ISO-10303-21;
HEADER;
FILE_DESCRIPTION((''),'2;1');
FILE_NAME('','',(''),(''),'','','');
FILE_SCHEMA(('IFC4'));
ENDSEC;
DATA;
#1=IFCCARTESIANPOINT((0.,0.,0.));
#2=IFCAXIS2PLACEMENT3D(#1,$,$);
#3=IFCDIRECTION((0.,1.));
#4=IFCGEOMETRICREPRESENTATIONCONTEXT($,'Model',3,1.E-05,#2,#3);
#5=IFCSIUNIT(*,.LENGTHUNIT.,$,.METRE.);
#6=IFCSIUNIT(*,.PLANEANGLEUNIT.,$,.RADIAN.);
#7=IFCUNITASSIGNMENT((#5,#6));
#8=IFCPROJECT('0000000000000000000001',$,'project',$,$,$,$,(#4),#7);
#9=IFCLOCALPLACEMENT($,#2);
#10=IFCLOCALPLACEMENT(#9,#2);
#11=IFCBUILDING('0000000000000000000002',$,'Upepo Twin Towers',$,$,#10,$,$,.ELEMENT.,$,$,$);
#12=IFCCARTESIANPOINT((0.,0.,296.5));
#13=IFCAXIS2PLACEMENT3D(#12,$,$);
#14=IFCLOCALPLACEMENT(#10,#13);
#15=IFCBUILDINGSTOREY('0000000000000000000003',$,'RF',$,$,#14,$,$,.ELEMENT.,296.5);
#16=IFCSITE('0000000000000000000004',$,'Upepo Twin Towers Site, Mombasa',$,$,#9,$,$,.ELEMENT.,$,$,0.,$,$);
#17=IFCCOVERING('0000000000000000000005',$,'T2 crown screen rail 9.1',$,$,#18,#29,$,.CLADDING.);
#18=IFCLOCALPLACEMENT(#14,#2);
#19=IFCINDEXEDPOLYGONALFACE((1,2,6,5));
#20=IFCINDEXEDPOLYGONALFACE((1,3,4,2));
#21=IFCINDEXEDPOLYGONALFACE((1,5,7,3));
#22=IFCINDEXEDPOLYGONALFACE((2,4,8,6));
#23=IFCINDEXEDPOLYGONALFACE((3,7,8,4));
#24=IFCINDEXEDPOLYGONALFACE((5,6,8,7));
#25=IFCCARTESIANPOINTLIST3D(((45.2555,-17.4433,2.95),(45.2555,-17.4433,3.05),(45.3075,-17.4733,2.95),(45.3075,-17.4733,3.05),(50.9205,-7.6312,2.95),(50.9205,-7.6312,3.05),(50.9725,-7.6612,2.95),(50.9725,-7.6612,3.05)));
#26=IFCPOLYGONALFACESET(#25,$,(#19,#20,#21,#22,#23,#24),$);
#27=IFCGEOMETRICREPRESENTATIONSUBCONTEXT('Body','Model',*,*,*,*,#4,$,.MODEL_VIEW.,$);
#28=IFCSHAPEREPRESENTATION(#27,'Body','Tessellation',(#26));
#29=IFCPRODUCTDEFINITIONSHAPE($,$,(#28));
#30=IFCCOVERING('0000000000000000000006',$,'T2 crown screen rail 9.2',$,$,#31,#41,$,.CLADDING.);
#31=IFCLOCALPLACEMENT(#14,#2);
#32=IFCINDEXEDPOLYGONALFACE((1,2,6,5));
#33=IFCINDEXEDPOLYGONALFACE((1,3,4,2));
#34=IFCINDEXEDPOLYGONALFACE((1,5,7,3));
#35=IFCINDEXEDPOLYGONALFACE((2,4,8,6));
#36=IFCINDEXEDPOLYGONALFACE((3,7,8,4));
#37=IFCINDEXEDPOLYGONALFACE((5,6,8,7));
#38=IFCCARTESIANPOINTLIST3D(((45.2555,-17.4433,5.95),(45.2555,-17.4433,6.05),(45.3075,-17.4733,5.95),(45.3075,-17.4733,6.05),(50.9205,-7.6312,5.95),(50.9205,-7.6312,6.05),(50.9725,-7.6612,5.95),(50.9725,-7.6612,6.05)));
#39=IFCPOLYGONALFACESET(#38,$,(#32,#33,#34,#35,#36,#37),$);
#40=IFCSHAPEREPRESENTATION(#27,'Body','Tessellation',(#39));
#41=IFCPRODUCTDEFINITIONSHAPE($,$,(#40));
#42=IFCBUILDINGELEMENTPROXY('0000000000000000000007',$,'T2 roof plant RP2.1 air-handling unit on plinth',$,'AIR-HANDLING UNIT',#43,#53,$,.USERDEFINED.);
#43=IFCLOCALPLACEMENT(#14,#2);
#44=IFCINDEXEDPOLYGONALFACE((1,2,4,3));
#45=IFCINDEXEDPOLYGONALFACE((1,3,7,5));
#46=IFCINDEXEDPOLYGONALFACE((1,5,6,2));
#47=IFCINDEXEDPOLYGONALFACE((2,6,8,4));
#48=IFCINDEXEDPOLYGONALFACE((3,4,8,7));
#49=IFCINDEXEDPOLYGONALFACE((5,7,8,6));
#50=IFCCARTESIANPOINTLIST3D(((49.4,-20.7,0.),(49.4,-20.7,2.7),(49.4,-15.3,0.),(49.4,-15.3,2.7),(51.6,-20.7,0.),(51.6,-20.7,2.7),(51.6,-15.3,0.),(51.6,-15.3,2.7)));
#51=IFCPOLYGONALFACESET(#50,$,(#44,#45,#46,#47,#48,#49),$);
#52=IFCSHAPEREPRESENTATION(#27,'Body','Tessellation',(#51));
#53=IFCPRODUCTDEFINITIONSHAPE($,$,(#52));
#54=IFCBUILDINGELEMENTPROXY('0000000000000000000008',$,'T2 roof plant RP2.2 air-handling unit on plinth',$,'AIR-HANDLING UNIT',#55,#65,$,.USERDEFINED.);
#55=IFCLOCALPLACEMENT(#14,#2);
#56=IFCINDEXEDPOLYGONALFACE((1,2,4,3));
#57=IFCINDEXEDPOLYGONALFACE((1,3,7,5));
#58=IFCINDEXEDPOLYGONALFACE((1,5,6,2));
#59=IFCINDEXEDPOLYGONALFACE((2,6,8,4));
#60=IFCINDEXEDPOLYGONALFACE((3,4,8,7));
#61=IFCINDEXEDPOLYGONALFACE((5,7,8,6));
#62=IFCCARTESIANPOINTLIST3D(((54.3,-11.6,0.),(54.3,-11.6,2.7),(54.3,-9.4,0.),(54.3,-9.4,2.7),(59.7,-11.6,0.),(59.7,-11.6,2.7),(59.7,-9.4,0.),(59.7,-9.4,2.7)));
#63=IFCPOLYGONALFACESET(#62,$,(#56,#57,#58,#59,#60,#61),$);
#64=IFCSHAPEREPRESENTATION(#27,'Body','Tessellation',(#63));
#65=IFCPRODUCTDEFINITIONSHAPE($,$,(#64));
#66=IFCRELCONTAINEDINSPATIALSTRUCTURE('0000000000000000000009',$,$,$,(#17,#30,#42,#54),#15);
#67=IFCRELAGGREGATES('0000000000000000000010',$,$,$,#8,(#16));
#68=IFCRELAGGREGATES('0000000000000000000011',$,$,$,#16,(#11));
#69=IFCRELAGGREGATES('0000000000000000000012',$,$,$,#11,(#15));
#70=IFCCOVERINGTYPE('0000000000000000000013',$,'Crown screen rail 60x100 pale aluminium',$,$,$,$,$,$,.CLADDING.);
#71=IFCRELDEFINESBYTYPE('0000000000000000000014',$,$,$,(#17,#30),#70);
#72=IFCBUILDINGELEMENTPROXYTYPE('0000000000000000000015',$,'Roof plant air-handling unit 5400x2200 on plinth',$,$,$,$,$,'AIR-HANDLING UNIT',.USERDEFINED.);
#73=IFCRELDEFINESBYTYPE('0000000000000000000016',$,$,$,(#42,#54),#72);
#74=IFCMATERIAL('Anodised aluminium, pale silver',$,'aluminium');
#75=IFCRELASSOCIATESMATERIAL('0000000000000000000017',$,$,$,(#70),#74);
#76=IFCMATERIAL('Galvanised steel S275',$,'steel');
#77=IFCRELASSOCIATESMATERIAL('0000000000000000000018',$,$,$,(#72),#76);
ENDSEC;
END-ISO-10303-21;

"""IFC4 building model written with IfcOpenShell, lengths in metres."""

from ifc_helpers import new_model, si_unit, direction, frame, origin, origin_2d, place, context, subcontext, project, spatial, rectangle, extrude, material, type_object, element, save


model = new_model("IFC4")

# Units and contexts
model_context = context("Model", 3, precision=1e-05, world=origin(), true_north=direction((0.0, 1.0)))
body_context = subcontext(model_context, "Body", "Model", "MODEL_VIEW")
ifc_project = project(units=[si_unit("LENGTHUNIT", "METRE"), si_unit("PLANEANGLEUNIT", "RADIAN")], contexts=[model_context])

# Site, building, storey
site_placement = place(None, origin())
site = spatial("IfcSite", under=ifc_project, at=site_placement, Name="Upepo Twin Towers Site, Mombasa", CompositionType="ELEMENT", RefElevation=0.0)
building_placement = place(site_placement, origin())
building = spatial("IfcBuilding", under=site, at=building_placement, Name="Upepo Twin Towers", CompositionType="ELEMENT")
storey_placement = place(building_placement, frame((0.0, 0.0, 296.5)))
storey = spatial("IfcBuildingStorey", under=building, at=storey_placement, Name="RF", CompositionType="ELEMENT", Elevation=296.5)

# Coverings
ifc_material_1 = material(Name="Anodised aluminium, pale silver", Category="aluminium")
covering_type_1 = type_object("IfcCoveringType", Name="Crown screen rail 60x100 pale aluminium", PredefinedType="CLADDING", material=ifc_material_1)
for number, where, z_axis, x_axis, name in (
    (1, (48.114, -12.5522, 2.95), (0.0, 0.0, 1.0), (-0.5, -0.866025, 0.0), "T2 crown screen rail 9.1"),
    (2, (48.114, -12.5522, 5.95), (0.0, 0.0, 1.0), (-0.5, -0.866025, 0.0), "T2 crown screen rail 9.2"),
):
    element("IfcCovering", number, at=place(storey_placement, frame(where, z_axis=z_axis, x_axis=x_axis)), inside=storey, type_object=covering_type_1, Name=name, PredefinedType="CLADDING", context=body_context, shape_type="SweptSolid", body=[
        extrude(rectangle(XDim=11.3301, YDim=0.0601, at=origin_2d()), origin(), (0.0, 0.0, 1.0), 0.1001),
    ])

# Building element proxies
ifc_material_2 = material(Name="Galvanised steel S275", Category="steel")
building_element_proxy_type = type_object("IfcBuildingElementProxyType", Name="Roof plant air-handling unit 5400x2200 on plinth", ElementType="AIR-HANDLING UNIT", PredefinedType="USERDEFINED", material=ifc_material_2)
for number, where, z_axis, x_axis, name in (
    (3, (50.5, -18.0, 0.0), (0.0, 0.0, 1.0), (0.0, 1.0, 0.0), "T2 roof plant RP2.1 air-handling unit on plinth"),
    (4, (57.0, -10.5, 0.0), (0.0, 0.0, 1.0), (-1.0, 0.0, 0.0), "T2 roof plant RP2.2 air-handling unit on plinth"),
):
    element("IfcBuildingElementProxy", number, at=place(storey_placement, frame(where, z_axis=z_axis, x_axis=x_axis)), inside=storey, type_object=building_element_proxy_type, Name=name, ObjectType="AIR-HANDLING UNIT", PredefinedType="USERDEFINED", context=body_context, shape_type="SweptSolid", body=[
        extrude(rectangle(XDim=5.3999, YDim=2.2, at=origin_2d()), origin(), (0.0, 0.0, 1.0), 2.7),
    ])

save(model, "model.ifc")
